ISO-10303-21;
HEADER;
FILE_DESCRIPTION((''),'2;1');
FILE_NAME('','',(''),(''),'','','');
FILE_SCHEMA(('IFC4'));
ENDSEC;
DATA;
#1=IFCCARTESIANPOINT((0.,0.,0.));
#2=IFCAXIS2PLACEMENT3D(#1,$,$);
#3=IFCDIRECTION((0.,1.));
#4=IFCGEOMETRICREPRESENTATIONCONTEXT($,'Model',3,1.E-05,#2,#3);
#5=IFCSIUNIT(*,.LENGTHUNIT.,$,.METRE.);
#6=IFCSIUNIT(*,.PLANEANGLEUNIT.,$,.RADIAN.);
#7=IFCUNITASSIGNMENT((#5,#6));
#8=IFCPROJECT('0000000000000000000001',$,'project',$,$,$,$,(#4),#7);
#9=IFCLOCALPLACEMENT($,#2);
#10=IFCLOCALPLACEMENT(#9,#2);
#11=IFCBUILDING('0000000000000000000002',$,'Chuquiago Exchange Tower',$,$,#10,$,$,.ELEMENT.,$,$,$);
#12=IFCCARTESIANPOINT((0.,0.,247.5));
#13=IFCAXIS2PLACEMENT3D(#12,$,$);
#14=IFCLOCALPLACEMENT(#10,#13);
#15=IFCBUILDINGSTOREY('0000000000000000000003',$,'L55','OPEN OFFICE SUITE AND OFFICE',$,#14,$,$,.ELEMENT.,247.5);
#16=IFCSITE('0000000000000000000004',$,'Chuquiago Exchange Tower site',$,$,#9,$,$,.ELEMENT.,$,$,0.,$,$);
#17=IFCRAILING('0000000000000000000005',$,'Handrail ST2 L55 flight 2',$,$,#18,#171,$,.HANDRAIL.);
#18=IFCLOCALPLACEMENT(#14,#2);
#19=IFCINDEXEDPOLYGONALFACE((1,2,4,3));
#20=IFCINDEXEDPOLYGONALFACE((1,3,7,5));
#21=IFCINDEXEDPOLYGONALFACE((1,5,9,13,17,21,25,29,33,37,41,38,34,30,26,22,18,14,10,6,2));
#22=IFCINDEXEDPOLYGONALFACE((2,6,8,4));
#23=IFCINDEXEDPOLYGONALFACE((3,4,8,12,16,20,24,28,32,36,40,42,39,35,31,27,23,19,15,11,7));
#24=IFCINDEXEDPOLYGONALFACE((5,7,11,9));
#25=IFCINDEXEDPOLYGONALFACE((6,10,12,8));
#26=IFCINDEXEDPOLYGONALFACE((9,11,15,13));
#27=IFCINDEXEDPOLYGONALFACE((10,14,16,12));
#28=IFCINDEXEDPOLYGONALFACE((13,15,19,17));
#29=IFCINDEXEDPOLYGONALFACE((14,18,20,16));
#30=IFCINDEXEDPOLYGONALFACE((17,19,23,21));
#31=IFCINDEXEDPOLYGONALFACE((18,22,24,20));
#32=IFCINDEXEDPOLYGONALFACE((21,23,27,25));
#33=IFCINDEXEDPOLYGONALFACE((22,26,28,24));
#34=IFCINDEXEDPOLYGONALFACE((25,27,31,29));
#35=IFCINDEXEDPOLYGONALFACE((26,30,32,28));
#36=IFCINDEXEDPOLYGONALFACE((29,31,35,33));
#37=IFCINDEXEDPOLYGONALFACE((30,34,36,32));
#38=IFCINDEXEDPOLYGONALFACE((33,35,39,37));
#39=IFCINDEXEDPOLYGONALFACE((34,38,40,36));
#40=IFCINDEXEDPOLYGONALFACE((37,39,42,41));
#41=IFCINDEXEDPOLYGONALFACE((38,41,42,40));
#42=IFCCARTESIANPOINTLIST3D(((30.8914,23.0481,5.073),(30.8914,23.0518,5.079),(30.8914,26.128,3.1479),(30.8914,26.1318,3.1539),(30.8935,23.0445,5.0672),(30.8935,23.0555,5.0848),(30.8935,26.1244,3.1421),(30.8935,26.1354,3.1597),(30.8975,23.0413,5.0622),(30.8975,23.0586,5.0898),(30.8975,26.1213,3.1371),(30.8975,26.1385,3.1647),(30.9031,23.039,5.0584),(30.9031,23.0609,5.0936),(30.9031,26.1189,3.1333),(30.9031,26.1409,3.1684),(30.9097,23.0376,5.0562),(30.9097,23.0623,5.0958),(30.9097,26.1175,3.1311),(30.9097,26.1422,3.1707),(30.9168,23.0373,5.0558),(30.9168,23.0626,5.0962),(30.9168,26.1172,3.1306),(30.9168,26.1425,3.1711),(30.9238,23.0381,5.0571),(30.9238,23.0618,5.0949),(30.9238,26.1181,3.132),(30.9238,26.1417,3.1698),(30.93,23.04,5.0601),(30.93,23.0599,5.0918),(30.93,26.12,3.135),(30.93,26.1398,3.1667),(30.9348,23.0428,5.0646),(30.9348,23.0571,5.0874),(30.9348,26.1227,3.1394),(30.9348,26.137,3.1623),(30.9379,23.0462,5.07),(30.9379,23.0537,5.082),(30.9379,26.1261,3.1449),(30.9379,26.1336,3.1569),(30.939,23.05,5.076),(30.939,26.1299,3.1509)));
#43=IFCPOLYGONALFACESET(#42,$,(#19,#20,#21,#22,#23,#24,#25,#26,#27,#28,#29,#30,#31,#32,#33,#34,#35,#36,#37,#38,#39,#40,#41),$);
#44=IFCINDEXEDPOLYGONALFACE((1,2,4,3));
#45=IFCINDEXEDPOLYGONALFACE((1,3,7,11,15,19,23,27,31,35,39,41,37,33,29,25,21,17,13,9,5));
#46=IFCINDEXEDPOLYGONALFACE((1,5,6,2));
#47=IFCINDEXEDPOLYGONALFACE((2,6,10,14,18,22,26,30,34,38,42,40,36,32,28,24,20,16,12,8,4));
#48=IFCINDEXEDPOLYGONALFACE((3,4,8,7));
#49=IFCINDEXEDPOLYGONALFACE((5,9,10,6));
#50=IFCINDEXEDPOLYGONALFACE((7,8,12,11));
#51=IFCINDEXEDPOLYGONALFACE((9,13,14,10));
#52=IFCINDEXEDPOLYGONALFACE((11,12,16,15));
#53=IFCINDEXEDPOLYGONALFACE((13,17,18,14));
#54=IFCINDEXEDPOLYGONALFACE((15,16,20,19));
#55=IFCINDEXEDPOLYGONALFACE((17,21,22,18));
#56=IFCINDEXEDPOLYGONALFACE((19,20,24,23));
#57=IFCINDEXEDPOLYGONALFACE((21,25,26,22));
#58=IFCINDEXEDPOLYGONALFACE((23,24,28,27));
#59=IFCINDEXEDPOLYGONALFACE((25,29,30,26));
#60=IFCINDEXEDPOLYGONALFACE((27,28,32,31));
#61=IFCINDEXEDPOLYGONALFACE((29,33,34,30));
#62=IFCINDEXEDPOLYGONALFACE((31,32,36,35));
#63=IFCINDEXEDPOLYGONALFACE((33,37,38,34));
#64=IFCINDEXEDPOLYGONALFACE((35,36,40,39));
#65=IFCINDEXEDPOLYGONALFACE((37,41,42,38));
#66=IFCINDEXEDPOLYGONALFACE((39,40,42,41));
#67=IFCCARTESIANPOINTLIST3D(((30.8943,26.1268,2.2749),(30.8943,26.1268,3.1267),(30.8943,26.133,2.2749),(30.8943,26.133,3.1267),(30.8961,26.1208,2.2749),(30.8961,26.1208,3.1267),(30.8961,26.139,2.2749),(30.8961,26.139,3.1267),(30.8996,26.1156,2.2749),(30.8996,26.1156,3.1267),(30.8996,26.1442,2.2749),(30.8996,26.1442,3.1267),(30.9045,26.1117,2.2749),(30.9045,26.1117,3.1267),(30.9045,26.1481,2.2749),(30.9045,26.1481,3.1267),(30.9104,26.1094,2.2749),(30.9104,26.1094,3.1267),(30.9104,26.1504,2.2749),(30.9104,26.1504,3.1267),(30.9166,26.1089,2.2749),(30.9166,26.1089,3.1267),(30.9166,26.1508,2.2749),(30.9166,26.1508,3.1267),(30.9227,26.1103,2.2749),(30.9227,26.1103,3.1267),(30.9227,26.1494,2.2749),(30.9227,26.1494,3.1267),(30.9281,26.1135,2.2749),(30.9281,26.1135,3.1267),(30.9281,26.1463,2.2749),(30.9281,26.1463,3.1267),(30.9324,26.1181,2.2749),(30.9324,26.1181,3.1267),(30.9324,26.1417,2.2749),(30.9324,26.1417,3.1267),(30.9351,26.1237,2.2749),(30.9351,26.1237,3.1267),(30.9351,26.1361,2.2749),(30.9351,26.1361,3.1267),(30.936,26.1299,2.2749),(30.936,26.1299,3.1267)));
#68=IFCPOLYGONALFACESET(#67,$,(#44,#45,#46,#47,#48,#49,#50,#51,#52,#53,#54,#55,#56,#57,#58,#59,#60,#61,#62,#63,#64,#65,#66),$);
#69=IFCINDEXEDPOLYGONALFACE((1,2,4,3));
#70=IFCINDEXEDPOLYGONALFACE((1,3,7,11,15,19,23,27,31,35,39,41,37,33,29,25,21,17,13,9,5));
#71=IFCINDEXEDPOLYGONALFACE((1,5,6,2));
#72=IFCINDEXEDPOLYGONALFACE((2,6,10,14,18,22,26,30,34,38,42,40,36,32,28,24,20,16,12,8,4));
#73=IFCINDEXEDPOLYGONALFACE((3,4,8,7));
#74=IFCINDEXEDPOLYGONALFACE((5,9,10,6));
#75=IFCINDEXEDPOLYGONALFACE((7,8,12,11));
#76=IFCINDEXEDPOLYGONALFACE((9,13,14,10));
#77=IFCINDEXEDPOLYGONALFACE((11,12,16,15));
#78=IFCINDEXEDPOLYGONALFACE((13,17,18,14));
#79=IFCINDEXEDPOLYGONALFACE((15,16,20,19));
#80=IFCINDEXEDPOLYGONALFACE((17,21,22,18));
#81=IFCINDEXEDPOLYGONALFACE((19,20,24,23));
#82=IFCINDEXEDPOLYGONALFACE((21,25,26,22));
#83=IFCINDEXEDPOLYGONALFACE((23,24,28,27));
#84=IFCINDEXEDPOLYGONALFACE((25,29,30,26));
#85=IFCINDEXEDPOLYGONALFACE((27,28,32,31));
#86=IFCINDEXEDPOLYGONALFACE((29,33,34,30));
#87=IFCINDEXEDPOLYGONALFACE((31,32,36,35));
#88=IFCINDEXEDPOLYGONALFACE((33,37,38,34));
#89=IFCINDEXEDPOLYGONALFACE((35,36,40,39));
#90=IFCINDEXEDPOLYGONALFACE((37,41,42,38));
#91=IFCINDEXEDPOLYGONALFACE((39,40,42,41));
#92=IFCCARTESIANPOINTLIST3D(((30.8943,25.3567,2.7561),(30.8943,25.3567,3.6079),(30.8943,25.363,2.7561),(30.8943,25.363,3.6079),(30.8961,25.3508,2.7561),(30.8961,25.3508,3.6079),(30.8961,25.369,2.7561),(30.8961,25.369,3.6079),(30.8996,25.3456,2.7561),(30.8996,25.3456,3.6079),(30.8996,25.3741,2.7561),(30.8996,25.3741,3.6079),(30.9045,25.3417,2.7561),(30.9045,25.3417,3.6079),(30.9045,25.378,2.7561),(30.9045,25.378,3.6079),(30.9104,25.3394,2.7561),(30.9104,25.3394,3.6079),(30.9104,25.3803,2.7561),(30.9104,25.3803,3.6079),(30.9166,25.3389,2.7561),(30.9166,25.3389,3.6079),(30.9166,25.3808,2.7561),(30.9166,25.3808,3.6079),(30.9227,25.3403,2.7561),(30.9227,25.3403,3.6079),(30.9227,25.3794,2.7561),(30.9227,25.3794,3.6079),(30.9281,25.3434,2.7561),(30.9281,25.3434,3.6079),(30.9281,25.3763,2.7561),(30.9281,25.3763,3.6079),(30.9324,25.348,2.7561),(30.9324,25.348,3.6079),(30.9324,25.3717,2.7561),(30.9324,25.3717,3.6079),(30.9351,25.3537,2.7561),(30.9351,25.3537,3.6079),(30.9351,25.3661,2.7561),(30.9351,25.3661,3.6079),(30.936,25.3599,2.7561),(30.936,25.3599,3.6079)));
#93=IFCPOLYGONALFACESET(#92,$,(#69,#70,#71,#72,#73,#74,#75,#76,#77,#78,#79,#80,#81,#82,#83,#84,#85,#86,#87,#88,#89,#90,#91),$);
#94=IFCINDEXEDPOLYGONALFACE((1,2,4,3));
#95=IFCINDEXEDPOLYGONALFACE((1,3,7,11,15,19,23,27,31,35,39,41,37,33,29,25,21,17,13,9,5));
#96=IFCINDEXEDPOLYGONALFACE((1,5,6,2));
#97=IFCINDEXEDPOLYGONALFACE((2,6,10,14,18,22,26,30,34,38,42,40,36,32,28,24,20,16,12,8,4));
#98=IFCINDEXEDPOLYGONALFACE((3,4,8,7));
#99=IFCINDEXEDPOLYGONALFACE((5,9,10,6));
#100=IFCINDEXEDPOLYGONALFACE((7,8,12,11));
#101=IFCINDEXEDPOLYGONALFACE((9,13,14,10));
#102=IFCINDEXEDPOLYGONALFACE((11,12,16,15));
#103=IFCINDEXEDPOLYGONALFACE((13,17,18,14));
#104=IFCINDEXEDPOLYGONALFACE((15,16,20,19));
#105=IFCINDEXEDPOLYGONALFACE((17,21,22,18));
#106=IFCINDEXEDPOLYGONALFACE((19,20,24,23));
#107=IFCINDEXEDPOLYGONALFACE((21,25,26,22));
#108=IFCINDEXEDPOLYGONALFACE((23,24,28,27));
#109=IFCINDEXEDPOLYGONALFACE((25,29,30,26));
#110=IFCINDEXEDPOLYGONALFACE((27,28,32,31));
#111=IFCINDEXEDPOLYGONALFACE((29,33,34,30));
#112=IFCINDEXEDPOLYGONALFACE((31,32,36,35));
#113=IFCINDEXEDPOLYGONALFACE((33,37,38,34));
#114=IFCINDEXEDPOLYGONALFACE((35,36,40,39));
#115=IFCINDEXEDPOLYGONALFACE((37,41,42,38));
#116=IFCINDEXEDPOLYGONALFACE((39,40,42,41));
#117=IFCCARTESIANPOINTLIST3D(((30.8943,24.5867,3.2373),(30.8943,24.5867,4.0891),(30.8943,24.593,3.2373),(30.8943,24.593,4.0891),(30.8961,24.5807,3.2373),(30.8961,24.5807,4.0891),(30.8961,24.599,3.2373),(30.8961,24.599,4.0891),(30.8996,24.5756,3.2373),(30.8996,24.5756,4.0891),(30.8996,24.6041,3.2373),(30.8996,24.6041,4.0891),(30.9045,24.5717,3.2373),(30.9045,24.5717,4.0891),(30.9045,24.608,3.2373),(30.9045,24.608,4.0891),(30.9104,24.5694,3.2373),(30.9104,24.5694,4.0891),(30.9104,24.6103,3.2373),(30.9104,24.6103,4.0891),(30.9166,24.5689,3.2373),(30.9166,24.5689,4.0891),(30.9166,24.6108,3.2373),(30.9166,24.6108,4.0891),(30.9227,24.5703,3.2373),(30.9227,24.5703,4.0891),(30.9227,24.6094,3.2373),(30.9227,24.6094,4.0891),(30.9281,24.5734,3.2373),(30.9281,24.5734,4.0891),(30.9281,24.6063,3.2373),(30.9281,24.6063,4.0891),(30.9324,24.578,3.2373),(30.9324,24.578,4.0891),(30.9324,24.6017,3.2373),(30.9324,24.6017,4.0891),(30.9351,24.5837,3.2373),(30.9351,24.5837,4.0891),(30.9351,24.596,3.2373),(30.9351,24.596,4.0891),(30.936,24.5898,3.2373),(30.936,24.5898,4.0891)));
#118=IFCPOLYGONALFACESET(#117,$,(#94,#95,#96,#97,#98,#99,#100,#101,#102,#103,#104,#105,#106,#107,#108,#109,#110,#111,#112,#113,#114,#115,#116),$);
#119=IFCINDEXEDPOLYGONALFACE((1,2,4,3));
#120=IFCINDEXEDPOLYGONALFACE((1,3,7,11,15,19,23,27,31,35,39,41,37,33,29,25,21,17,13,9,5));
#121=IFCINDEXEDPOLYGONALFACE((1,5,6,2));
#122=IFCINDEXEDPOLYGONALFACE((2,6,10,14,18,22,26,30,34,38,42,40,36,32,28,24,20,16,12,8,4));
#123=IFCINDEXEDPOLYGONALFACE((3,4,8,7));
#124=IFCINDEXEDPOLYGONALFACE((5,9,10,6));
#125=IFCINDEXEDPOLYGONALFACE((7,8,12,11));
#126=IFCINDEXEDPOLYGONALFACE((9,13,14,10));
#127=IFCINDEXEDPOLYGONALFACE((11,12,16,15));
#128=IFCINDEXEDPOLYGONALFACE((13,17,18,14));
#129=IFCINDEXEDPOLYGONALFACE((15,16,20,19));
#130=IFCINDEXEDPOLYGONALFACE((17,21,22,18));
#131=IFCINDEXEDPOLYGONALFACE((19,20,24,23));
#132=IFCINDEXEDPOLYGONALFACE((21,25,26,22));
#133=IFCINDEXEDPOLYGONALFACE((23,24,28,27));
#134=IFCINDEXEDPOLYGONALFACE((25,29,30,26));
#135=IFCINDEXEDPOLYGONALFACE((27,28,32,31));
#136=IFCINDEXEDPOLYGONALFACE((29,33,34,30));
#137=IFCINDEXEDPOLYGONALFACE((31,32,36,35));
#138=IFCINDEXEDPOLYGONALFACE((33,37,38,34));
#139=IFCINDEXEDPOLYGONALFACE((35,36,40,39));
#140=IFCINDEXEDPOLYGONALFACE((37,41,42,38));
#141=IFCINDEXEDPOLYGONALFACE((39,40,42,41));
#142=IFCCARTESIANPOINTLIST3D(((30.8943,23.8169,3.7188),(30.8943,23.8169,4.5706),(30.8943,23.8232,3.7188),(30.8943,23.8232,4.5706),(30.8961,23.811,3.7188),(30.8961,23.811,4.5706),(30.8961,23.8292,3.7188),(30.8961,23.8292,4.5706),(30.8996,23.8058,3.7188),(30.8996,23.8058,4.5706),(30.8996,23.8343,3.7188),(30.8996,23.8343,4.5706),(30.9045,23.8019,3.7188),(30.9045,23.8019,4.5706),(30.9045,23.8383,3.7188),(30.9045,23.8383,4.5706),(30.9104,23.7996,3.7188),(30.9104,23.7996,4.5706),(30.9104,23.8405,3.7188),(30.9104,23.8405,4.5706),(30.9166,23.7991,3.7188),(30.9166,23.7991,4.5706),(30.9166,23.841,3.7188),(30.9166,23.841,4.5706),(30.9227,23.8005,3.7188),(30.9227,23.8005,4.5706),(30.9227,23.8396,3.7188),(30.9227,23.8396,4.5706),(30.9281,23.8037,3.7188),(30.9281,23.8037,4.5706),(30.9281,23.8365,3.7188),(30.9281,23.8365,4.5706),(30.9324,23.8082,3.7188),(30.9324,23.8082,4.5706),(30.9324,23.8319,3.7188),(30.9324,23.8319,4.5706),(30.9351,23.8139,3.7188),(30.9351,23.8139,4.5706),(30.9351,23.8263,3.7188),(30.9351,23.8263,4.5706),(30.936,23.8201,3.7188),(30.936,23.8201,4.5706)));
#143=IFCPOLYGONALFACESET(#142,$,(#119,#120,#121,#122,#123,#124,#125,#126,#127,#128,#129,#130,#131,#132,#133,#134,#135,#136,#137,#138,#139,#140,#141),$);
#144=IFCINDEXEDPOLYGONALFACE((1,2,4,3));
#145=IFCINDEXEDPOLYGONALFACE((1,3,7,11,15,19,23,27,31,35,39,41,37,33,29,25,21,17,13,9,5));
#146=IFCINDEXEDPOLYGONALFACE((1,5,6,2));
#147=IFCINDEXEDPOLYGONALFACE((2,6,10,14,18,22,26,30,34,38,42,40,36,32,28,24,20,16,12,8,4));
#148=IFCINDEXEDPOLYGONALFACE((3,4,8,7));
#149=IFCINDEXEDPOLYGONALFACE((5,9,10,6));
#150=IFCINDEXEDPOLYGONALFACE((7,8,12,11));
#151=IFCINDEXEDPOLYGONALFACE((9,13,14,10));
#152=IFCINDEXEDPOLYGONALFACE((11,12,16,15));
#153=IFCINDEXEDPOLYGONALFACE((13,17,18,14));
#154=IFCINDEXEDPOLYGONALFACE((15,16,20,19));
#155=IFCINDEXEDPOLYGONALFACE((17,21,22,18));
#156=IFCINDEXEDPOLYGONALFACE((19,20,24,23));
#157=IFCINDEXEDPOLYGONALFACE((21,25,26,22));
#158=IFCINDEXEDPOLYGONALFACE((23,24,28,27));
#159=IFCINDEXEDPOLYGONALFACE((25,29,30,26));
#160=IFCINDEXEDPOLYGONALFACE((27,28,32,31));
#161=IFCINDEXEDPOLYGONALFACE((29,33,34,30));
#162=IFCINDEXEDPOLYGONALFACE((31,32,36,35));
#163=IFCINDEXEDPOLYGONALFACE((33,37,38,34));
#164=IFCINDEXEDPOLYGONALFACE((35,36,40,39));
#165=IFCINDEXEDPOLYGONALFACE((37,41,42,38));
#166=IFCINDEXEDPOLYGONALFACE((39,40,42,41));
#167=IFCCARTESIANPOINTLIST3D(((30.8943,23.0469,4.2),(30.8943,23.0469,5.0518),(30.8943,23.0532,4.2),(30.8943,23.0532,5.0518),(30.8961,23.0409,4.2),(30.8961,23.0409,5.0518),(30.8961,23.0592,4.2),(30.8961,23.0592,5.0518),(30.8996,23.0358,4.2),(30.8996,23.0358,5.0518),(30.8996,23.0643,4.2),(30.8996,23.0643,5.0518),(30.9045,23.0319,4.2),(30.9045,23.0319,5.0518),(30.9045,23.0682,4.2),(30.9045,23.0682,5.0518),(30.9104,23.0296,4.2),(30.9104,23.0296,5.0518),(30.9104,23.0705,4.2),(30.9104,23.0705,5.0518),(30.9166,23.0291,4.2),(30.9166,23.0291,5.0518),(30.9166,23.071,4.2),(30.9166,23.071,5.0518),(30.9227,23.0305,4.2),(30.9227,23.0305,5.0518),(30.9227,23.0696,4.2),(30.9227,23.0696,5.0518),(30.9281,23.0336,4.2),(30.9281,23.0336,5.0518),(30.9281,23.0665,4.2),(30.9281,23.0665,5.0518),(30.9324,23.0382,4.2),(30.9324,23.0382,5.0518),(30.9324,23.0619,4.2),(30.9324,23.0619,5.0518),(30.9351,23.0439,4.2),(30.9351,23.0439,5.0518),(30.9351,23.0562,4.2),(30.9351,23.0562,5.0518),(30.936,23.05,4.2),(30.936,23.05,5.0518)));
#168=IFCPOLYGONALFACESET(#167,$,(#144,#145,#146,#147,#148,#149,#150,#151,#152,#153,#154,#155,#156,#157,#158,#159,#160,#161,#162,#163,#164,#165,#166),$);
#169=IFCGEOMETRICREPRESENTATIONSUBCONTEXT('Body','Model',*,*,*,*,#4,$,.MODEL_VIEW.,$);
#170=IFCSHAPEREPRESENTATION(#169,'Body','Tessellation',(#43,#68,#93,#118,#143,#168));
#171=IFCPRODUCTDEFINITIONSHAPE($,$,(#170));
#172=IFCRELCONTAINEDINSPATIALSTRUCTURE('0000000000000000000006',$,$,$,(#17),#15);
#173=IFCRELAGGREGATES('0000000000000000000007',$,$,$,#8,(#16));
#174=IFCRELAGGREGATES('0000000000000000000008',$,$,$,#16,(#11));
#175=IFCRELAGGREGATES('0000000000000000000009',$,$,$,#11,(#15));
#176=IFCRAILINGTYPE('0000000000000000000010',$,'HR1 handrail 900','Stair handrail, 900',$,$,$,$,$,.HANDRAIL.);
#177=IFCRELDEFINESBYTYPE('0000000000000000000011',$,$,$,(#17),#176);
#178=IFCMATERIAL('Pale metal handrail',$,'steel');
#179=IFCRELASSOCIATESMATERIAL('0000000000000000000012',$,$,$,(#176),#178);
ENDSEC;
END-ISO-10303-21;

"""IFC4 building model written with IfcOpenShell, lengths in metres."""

from ifc_helpers import new_model, si_unit, direction, frame, origin, origin_2d, place, context, subcontext, project, spatial, circle, extrude, material, type_object, element, save


model = new_model("IFC4")

# Units and contexts
model_context = context("Model", 3, precision=1e-05, world=origin(), true_north=direction((0.0, 1.0)))
body_context = subcontext(model_context, "Body", "Model", "MODEL_VIEW")
ifc_project = project(units=[si_unit("LENGTHUNIT", "METRE"), si_unit("PLANEANGLEUNIT", "RADIAN")], contexts=[model_context])

# Site, building, storey
site_placement = place(None, origin())
site = spatial("IfcSite", under=ifc_project, at=site_placement, Name="Chuquiago Exchange Tower site", CompositionType="ELEMENT", RefElevation=0.0)
building_placement = place(site_placement, origin())
building = spatial("IfcBuilding", under=site, at=building_placement, Name="Chuquiago Exchange Tower", CompositionType="ELEMENT")
storey_placement = place(building_placement, frame((0.0, 0.0, 247.5)))
storey = spatial("IfcBuildingStorey", under=building, at=storey_placement, Name="L55", Description="OPEN OFFICE SUITE AND OFFICE", CompositionType="ELEMENT", Elevation=247.5)

# Railing
ifc_material_1 = material(Name="Pale metal handrail", Category="steel")
railing_type_1 = type_object("IfcRailingType", Name="HR1 handrail 900", Description="Stair handrail, 900", PredefinedType="HANDRAIL", material=ifc_material_1)
for number, where, name in (
    (1, (30.915, 26.1299, 2.2749), "Handrail ST2 L55 flight 2"),
):
    element("IfcRailing", number, at=place(storey_placement, frame(where)), inside=storey, type_object=railing_type_1, Name=name, PredefinedType="HANDRAIL", context=body_context, shape_type="SweptSolid", body=[
        extrude(circle(Radius=0.0239, at=origin_2d()), frame((0.0, 0.0, 0.876), z_axis=(0.0, -0.847979, 0.530029), x_axis=(1.0, 0.0, 0.0)), (0.0, 0.0, 1.0), 3.6321),
        extrude(circle(Radius=0.021, at=origin_2d()), origin(), (0.0, 0.0, 1.0), 0.8518),
        extrude(circle(Radius=0.021, at=origin_2d()), frame((0.0, -0.77, 0.4812)), (0.0, 0.0, 1.0), 0.8518),
        extrude(circle(Radius=0.021, at=origin_2d()), frame((0.0, -1.54, 0.9624)), (0.0, 0.0, 1.0), 0.8518),
        extrude(circle(Radius=0.021, at=origin_2d()), frame((0.0, -2.3098, 1.4438)), (0.0, 0.0, 1.0), 0.8518),
        extrude(circle(Radius=0.021, at=origin_2d()), frame((0.0, -3.0798, 1.925)), (0.0, 0.0, 1.0), 0.8518),
    ])

save(model, "model.ifc")
